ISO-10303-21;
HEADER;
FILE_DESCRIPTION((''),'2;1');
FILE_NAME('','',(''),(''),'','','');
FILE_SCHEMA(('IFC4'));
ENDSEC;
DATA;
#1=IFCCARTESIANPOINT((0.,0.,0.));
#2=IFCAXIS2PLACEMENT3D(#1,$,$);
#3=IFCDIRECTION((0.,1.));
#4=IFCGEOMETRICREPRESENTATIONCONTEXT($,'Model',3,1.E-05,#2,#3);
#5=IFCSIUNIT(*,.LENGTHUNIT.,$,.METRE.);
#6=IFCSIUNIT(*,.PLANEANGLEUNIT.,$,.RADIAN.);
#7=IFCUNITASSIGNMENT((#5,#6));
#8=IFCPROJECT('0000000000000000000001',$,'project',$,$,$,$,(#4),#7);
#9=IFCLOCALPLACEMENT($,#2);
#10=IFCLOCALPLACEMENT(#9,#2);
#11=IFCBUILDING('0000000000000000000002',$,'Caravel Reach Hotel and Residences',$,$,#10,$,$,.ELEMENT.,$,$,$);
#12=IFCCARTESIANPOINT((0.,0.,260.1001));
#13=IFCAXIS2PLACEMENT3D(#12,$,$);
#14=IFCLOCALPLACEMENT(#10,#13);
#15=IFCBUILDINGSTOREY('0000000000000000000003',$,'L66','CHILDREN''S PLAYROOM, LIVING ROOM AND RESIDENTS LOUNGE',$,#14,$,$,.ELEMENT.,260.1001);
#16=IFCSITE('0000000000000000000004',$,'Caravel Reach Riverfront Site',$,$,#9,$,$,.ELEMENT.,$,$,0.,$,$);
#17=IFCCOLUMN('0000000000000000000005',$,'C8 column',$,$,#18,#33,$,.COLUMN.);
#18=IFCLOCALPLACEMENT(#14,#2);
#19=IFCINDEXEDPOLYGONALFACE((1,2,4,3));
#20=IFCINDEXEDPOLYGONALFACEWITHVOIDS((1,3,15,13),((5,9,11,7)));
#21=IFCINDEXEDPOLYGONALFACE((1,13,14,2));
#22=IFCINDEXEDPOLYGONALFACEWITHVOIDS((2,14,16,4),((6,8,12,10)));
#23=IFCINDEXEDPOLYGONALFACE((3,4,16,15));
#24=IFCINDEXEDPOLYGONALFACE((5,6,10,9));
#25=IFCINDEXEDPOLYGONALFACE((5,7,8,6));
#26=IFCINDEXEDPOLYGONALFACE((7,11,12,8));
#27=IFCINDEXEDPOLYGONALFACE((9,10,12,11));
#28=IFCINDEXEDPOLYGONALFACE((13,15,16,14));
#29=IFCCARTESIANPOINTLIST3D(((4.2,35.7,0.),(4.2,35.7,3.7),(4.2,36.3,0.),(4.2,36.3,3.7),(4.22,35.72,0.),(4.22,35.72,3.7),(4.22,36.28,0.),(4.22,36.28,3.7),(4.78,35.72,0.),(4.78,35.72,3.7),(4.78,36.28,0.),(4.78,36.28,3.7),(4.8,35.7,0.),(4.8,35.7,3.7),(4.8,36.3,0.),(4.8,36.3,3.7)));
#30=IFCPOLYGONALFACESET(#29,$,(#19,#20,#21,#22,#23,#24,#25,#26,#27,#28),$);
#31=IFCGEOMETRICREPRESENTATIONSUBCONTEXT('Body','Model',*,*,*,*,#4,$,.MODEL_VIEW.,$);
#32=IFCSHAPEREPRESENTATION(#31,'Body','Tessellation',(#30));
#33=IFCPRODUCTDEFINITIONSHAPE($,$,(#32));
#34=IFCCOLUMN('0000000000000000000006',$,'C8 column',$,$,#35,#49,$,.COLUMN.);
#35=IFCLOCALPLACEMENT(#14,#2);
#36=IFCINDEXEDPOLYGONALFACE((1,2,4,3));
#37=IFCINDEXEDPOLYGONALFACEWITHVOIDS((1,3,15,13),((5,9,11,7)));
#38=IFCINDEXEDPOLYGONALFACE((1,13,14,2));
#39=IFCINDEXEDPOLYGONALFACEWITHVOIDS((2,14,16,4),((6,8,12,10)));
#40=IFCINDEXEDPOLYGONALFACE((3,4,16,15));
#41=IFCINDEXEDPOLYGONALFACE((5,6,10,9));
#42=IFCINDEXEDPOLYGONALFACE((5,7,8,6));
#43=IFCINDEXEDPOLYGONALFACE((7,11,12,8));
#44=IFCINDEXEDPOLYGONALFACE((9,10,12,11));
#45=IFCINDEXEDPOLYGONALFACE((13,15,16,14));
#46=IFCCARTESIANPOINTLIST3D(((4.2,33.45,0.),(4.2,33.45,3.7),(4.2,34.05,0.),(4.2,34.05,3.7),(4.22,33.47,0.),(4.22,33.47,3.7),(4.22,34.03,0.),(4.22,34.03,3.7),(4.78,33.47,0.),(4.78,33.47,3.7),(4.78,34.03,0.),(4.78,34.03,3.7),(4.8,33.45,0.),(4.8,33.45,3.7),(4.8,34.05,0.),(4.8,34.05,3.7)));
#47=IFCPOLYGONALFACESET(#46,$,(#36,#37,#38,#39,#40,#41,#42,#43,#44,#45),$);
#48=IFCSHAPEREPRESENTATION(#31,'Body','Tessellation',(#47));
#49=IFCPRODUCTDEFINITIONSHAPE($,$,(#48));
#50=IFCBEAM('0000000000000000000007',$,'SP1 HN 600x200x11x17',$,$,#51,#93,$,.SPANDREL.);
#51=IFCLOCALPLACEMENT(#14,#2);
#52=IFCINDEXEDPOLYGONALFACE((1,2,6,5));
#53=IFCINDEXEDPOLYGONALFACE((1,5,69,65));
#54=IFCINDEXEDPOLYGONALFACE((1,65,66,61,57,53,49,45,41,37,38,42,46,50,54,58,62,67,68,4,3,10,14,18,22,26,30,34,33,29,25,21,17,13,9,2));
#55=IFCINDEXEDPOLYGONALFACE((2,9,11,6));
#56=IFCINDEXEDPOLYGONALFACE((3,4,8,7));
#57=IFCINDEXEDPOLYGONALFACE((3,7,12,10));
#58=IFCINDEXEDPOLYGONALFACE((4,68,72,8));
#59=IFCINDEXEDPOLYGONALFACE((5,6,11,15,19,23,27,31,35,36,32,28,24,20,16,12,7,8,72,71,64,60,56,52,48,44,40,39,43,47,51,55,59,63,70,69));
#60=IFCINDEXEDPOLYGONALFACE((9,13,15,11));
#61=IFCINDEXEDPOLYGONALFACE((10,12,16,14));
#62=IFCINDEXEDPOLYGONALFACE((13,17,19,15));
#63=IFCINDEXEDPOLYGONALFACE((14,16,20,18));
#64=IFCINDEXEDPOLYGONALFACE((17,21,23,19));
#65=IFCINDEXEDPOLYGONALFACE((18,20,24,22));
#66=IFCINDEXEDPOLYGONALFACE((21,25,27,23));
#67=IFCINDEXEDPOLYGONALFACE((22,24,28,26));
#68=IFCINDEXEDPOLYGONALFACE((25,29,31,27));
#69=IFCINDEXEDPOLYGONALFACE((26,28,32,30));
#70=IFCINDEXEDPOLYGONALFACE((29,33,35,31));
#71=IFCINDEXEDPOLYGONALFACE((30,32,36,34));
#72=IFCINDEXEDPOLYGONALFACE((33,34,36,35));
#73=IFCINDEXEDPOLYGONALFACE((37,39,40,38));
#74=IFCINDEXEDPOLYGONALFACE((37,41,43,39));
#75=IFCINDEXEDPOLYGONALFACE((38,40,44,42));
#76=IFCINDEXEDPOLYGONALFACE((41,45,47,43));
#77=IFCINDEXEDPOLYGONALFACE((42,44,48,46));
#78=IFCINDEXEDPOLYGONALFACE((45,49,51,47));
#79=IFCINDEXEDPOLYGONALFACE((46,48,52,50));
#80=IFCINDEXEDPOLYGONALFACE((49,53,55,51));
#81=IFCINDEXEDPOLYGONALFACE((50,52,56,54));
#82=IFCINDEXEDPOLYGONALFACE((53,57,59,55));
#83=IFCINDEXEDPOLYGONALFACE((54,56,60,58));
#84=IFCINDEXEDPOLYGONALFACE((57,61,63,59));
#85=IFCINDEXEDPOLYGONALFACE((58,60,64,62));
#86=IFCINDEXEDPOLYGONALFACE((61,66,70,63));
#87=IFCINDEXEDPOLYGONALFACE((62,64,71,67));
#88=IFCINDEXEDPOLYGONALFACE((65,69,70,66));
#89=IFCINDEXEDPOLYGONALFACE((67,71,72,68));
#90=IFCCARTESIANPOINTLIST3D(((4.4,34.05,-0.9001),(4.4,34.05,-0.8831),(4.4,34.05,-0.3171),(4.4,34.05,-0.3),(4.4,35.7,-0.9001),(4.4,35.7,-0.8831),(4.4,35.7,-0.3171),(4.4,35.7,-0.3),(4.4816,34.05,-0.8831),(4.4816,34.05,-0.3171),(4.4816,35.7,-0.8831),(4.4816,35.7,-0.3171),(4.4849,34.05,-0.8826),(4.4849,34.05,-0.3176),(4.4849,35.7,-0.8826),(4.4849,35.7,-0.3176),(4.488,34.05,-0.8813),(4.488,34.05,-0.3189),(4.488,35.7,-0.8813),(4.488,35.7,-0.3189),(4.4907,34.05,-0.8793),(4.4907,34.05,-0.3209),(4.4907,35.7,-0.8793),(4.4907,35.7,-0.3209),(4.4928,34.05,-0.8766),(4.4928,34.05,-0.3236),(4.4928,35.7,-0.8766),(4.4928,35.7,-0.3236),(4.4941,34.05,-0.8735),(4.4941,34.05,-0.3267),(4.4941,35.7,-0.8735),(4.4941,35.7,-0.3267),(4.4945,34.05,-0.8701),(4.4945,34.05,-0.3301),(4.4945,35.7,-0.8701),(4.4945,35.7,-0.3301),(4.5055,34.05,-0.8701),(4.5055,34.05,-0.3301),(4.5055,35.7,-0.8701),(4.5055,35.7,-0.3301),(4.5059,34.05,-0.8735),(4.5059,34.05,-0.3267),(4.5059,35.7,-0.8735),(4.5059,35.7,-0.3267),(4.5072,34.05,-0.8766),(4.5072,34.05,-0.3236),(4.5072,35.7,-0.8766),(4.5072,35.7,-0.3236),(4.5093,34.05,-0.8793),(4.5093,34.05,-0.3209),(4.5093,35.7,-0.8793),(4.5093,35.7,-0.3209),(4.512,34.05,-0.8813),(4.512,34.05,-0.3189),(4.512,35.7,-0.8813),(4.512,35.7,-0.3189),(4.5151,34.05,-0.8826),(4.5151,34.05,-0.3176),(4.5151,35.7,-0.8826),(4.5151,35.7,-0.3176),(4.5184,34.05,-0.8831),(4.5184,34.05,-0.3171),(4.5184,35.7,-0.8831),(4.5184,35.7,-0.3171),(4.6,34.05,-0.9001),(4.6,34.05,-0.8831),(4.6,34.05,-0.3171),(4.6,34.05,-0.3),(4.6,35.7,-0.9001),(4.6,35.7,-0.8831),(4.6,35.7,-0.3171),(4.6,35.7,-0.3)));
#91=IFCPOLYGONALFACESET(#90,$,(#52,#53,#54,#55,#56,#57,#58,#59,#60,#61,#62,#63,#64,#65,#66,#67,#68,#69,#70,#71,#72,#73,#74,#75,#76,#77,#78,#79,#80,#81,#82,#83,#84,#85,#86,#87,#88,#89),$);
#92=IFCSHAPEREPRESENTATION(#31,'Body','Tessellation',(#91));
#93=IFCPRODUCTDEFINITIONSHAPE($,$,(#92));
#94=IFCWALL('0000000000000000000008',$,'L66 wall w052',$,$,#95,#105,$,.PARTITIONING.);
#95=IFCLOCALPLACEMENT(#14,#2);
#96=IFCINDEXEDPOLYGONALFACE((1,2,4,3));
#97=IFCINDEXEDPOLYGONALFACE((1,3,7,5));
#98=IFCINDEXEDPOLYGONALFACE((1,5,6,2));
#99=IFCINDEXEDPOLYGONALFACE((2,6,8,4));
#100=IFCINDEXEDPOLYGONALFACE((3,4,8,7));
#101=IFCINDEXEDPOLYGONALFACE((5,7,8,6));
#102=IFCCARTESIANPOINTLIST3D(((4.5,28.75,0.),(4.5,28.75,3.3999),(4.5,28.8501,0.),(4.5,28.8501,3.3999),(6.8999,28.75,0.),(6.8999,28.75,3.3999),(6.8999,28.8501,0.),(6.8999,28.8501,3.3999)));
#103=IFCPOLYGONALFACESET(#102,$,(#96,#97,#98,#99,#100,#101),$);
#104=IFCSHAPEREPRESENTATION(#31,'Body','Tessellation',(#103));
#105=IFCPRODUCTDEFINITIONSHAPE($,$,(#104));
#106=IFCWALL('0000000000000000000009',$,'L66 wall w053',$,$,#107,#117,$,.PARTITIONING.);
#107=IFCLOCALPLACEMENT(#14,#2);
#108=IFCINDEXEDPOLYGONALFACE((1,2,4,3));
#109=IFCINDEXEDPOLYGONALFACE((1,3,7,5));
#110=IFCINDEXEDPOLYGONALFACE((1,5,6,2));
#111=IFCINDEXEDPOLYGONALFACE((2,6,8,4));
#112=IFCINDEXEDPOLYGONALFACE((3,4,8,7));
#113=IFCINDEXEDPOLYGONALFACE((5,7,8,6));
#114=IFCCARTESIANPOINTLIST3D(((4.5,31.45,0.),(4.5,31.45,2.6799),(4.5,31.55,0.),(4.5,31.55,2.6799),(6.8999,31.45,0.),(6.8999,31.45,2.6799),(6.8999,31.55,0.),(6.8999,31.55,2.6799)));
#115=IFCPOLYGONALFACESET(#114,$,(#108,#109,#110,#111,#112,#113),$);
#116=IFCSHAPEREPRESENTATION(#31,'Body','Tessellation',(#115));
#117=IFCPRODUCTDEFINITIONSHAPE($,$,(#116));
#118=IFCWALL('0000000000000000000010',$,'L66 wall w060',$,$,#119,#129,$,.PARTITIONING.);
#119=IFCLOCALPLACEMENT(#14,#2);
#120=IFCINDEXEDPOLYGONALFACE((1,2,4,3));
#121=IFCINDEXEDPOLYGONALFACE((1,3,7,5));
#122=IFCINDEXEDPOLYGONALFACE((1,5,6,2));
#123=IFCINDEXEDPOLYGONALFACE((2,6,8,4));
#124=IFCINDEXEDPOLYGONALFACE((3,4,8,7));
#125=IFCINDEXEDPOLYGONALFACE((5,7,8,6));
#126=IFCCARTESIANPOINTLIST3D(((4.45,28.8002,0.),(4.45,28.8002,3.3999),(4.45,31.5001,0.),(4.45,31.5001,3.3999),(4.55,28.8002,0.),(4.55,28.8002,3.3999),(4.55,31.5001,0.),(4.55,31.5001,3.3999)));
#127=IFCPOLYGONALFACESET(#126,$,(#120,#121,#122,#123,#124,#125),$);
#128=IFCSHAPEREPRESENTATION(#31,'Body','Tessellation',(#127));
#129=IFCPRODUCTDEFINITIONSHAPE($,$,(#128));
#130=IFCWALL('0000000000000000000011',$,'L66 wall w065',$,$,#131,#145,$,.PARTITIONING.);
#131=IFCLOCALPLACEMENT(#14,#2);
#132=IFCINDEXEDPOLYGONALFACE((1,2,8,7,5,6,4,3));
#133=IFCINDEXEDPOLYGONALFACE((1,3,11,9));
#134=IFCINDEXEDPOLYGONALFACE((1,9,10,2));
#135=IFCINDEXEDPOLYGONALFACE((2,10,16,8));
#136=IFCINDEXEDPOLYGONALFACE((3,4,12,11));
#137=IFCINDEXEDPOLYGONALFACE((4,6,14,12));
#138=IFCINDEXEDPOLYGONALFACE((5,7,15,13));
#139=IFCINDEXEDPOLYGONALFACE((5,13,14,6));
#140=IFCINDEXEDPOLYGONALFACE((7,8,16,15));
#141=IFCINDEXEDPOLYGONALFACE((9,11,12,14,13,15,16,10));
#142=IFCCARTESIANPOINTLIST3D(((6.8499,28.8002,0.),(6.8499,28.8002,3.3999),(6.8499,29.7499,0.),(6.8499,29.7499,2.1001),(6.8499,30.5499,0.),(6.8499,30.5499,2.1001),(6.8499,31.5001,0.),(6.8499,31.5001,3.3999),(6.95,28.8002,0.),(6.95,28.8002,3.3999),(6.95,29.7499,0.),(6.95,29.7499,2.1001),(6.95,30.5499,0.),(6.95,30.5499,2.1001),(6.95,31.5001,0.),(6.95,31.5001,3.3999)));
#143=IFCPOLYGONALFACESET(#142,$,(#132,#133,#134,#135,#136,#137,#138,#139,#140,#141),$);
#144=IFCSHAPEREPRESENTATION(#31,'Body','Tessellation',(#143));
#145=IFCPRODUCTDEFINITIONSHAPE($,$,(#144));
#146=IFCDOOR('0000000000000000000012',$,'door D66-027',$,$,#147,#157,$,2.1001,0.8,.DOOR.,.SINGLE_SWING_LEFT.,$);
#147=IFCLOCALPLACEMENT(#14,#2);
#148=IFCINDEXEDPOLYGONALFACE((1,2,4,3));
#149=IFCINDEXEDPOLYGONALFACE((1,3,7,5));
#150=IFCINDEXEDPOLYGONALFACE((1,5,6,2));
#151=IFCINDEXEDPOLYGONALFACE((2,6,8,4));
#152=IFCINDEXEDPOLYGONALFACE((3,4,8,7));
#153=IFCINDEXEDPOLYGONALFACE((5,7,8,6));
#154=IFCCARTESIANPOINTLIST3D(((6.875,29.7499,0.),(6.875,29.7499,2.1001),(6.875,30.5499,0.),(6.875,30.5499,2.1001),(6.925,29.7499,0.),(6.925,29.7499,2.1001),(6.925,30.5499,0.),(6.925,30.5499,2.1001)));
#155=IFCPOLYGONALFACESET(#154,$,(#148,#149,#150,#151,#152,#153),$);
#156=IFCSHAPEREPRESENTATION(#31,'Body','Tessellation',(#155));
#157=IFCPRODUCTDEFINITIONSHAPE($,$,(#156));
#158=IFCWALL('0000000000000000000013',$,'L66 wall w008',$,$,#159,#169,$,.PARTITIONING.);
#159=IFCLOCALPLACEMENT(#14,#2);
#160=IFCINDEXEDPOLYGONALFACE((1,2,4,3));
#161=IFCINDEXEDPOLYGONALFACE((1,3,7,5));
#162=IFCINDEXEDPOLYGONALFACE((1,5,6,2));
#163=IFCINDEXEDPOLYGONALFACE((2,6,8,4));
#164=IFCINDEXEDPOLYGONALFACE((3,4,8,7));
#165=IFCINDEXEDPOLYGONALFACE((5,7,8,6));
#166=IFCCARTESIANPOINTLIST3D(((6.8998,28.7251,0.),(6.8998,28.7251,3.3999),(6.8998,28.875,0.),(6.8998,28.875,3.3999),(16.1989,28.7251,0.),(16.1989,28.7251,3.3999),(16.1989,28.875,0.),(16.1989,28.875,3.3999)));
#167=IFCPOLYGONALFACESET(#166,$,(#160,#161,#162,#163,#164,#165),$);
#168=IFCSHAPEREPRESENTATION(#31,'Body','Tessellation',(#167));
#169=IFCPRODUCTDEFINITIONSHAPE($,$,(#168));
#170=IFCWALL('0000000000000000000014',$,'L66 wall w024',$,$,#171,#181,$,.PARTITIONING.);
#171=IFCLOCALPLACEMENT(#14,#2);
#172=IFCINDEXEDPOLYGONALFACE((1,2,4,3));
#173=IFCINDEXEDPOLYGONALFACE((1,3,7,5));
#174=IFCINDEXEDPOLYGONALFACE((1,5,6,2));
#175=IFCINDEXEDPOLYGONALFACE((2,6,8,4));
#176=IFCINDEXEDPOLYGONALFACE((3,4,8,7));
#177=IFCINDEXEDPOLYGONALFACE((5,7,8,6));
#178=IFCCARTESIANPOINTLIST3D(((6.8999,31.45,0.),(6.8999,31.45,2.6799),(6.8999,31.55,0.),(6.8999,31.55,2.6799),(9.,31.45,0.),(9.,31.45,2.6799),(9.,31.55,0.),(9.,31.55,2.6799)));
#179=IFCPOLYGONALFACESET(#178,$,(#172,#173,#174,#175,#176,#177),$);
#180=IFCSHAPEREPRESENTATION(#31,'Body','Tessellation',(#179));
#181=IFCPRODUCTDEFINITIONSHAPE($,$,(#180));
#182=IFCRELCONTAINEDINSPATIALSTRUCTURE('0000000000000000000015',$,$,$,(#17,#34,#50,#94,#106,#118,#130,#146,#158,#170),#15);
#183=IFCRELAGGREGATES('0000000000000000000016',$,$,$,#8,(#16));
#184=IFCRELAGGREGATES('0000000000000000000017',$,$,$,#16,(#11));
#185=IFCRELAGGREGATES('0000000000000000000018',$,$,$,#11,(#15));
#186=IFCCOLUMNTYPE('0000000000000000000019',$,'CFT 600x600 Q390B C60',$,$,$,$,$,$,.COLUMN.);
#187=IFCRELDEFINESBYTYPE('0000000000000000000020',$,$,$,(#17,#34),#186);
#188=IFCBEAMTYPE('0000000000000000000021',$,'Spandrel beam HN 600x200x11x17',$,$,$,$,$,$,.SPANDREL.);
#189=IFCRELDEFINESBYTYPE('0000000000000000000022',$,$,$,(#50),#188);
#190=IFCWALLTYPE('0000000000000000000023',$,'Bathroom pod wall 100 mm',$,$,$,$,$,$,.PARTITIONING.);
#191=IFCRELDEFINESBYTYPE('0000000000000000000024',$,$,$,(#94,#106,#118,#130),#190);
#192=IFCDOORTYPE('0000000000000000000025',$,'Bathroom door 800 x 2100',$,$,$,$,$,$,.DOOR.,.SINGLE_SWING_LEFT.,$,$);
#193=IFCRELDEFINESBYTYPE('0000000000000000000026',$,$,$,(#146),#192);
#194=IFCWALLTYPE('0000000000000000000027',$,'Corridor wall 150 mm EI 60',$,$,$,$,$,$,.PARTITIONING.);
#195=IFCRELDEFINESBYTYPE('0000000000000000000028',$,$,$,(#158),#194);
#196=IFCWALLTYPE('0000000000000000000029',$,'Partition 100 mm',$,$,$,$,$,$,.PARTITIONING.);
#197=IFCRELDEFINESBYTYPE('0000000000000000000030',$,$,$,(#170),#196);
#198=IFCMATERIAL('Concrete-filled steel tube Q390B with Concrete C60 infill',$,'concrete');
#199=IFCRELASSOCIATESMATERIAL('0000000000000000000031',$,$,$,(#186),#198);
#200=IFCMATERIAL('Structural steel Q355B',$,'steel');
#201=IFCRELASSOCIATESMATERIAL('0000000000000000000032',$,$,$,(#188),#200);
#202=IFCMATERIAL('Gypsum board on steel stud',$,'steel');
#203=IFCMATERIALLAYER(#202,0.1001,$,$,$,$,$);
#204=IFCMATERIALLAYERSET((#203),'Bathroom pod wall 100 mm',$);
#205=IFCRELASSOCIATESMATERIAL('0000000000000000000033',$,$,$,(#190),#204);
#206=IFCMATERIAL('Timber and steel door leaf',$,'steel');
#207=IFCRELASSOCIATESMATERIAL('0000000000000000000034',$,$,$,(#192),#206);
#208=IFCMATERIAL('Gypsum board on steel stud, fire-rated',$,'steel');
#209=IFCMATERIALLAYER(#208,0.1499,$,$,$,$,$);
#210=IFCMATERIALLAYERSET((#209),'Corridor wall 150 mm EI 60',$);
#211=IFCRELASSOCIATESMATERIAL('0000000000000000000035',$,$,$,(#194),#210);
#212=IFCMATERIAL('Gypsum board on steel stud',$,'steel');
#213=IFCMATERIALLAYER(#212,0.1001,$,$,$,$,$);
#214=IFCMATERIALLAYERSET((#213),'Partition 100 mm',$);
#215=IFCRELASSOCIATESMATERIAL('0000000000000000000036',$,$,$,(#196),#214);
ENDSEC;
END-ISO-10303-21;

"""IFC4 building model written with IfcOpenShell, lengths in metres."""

from ifc_helpers import new_model, si_unit, direction, frame, frame_2d, origin, origin_2d, place, context, subcontext, project, spatial, rectangle, hollow_rectangle, i_section, extrude, material, layer, layer_set, material_profile, profile_set, type_object, element, fill, save


model = new_model("IFC4")

# Units and contexts
model_context = context("Model", 3, precision=1e-05, world=origin(), true_north=direction((0.0, 1.0)))
body_context = subcontext(model_context, "Body", "Model", "MODEL_VIEW")
ifc_project = project(units=[si_unit("LENGTHUNIT", "METRE"), si_unit("PLANEANGLEUNIT", "RADIAN")], contexts=[model_context])

# Site, building, storey
site_placement = place(None, origin())
site = spatial("IfcSite", under=ifc_project, at=site_placement, Name="Caravel Reach Riverfront Site", CompositionType="ELEMENT", RefElevation=0.0)
building_placement = place(site_placement, origin())
building = spatial("IfcBuilding", under=site, at=building_placement, Name="Caravel Reach Hotel and Residences", CompositionType="ELEMENT")
storey_placement = place(building_placement, frame((0.0, 0.0, 260.1001)))
storey = spatial("IfcBuildingStorey", under=building, at=storey_placement, Name="L66", Description="CHILDREN'S PLAYROOM, LIVING ROOM AND RESIDENTS LOUNGE", CompositionType="ELEMENT", Elevation=260.1001)

# Columns
ifc_material_1 = material(Name="Concrete-filled steel tube Q390B with Concrete C60 infill", Category="concrete")
ifc_material_profile_1 = material_profile(ifc_material_1, hollow_rectangle(XDim=0.6001, YDim=0.6001, WallThickness=0.02, at=origin_2d()), Name="RHS 600x600x20")
ifc_profile_set_1 = profile_set([ifc_material_profile_1], Name="Concrete-filled steel tube Q390B with Concrete C60 infill")
column_type = type_object("IfcColumnType", Name="CFT 600x600 Q390B C60", PredefinedType="COLUMN", material=ifc_profile_set_1)
for number, where, z_axis, x_axis, name in (
    (1, (4.5, 36.0, 0.0), (0.0, 0.0, 1.0), (1.0, 0.0, 0.0), "C8 column"),
    (2, (4.5, 33.75, 0.0), (0.0, 0.0, 1.0), (1.0, 0.0, 0.0), "C8 column"),
):
    element("IfcColumn", number, at=place(storey_placement, frame(where, z_axis=z_axis, x_axis=x_axis)), inside=storey, type_object=column_type, Name=name, PredefinedType="COLUMN", context=body_context, shape_type="SweptSolid", body=[
        extrude(hollow_rectangle(XDim=0.6001, YDim=0.6001, WallThickness=0.02, at=origin_2d()), origin(), (0.0, 0.0, 1.0), 3.7),
    ])

# Beam
ifc_material_2 = material(Name="Structural steel Q355B", Category="steel")
ifc_material_profile_2 = material_profile(ifc_material_2, i_section(OverallWidth=0.2, OverallDepth=0.6001, WebThickness=0.011, FlangeThickness=0.0171, FilletRadius=0.0129, at=origin_2d()), Name="HN 600x200x11x17")
ifc_profile_set_2 = profile_set([ifc_material_profile_2], Name="Structural steel Q355B")
beam_type = type_object("IfcBeamType", Name="Spandrel beam HN 600x200x11x17", PredefinedType="SPANDREL", material=ifc_profile_set_2)
beam_placement = place(storey_placement, frame((4.5, 35.7, -0.6001), z_axis=(0.0, -1.0, 0.0), x_axis=(1.0, 0.0, 0.0)))
element("IfcBeam", 3, at=beam_placement, inside=storey, type_object=beam_type, Name="SP1 HN 600x200x11x17", PredefinedType="SPANDREL", context=body_context, shape_type="SweptSolid", body=[
    extrude(i_section(OverallWidth=0.2, OverallDepth=0.6001, WebThickness=0.011, FlangeThickness=0.0171, FilletRadius=0.0129, at=origin_2d()), origin(), (0.0, 0.0, 1.0), 1.6499),
])

# Walls
ifc_material_3 = material(Name="Gypsum board on steel stud", Category="steel")
ifc_layer_1 = layer(ifc_material_3, 0.1001)
ifc_layer_set_1 = layer_set([ifc_layer_1], Name="Bathroom pod wall 100 mm")
wall_type_1 = type_object("IfcWallType", Name="Bathroom pod wall 100 mm", PredefinedType="PARTITIONING", material=ifc_layer_set_1)
wall_1_placement = place(storey_placement, frame((4.5, 28.8, 0.0), z_axis=(0.0, 0.0, 1.0), x_axis=(1.0, 0.0, 0.0)))
element("IfcWall", 4, at=wall_1_placement, inside=storey, type_object=wall_type_1, Name="L66 wall w052", PredefinedType="PARTITIONING", context=body_context, shape_type="SweptSolid", body=[
    extrude(rectangle(XDim=2.3999, YDim=0.1001, at=frame_2d((1.2, 0.0))), origin(), (0.0, 0.0, 1.0), 3.3999),
])
wall_2_placement = place(storey_placement, frame((4.5, 31.5, 0.0), z_axis=(0.0, 0.0, 1.0), x_axis=(1.0, 0.0, 0.0)))
element("IfcWall", 5, at=wall_2_placement, inside=storey, type_object=wall_type_1, Name="L66 wall w053", PredefinedType="PARTITIONING", context=body_context, shape_type="SweptSolid", body=[
    extrude(rectangle(XDim=2.3999, YDim=0.1001, at=frame_2d((1.2, 0.0))), origin(), (0.0, 0.0, 1.0), 2.6799),
])
wall_3_placement = place(storey_placement, frame((4.5, 28.8, 0.0), z_axis=(0.0, 0.0, 1.0), x_axis=(0.0, 1.0, 0.0)))
element("IfcWall", 6, at=wall_3_placement, inside=storey, type_object=wall_type_1, Name="L66 wall w060", PredefinedType="PARTITIONING", context=body_context, shape_type="SweptSolid", body=[
    extrude(rectangle(XDim=2.7, YDim=0.1001, at=frame_2d((1.3501, 0.0))), origin(), (0.0, 0.0, 1.0), 3.3999),
])

# Wall, opening, door
wall_4_placement = place(storey_placement, frame((6.8999, 28.8, 0.0), z_axis=(0.0, 0.0, 1.0), x_axis=(0.0, 1.0, 0.0)))
wall_4 = element("IfcWall", 7, at=wall_4_placement, inside=storey, type_object=wall_type_1, Name="L66 wall w065", PredefinedType="PARTITIONING", context=body_context, shape_type="SweptSolid", body=[
    extrude(rectangle(XDim=2.7, YDim=0.1001, at=frame_2d((1.3501, 0.0))), origin(), (0.0, 0.0, 1.0), 3.3999),
])
opening_1_placement = place(wall_4_placement, frame((0.95, 0.0, 0.0)))
opening_1 = element("IfcOpeningElement", 8, at=opening_1_placement, cuts=wall_4, PredefinedType="OPENING", context=body_context, shape_type="SweptSolid", body=[
    extrude(rectangle(XDim=0.8, YDim=2.1001, at=frame_2d((0.3999, 1.05))), frame((0.0, 0.0601, 0.0), z_axis=(0.0, -1.0, 0.0), x_axis=(1.0, 0.0, 0.0)), (0.0, 0.0, 1.0), 0.1201),
])
ifc_material_4 = material(Name="Timber and steel door leaf", Category="steel")
door_type_1 = type_object("IfcDoorType", Name="Bathroom door 800 x 2100", OperationType="SINGLE_SWING_LEFT", PredefinedType="DOOR", material=ifc_material_4)
door_1_placement = place(opening_1_placement, origin())
door_1 = element("IfcDoor", 9, at=door_1_placement, inside=storey, type_object=door_type_1, Name="door D66-027", OperationType="SINGLE_SWING_LEFT", OverallHeight=2.1001, OverallWidth=0.8, PredefinedType="DOOR", context=body_context, shape_type="SweptSolid", body=[
    extrude(rectangle(XDim=0.8, YDim=2.1001, at=frame_2d((0.3999, 1.05))), frame((0.0, 0.0249, 0.0), z_axis=(0.0, -1.0, 0.0), x_axis=(1.0, 0.0, 0.0)), (0.0, 0.0, 1.0), 0.05),
])
fill(opening_1, door_1)

# Walls
ifc_material_5 = material(Name="Gypsum board on steel stud, fire-rated", Category="steel")
ifc_layer_2 = layer(ifc_material_5, 0.1499)
ifc_layer_set_2 = layer_set([ifc_layer_2], Name="Corridor wall 150 mm EI 60")
wall_type_2 = type_object("IfcWallType", Name="Corridor wall 150 mm EI 60", PredefinedType="PARTITIONING", material=ifc_layer_set_2)
wall_5_placement = place(storey_placement, frame((6.8999, 28.8, 0.0), z_axis=(0.0, 0.0, 1.0), x_axis=(1.0, 0.0, 0.0)))
element("IfcWall", 10, at=wall_5_placement, inside=storey, type_object=wall_type_2, Name="L66 wall w008", PredefinedType="PARTITIONING", context=body_context, shape_type="SweptSolid", body=[
    extrude(rectangle(XDim=9.2991, YDim=0.1499, at=frame_2d((4.6494, 0.0))), origin(), (0.0, 0.0, 1.0), 3.3999),
])
ifc_material_6 = material(Name="Gypsum board on steel stud", Category="steel")
ifc_layer_3 = layer(ifc_material_6, 0.1001)
ifc_layer_set_3 = layer_set([ifc_layer_3], Name="Partition 100 mm")
wall_type_3 = type_object("IfcWallType", Name="Partition 100 mm", PredefinedType="PARTITIONING", material=ifc_layer_set_3)
wall_6_placement = place(storey_placement, frame((6.8999, 31.5, 0.0), z_axis=(0.0, 0.0, 1.0), x_axis=(1.0, 0.0, 0.0)))
element("IfcWall", 11, at=wall_6_placement, inside=storey, type_object=wall_type_3, Name="L66 wall w024", PredefinedType="PARTITIONING", context=body_context, shape_type="SweptSolid", body=[
    extrude(rectangle(XDim=2.1001, YDim=0.1001, at=frame_2d((1.05, 0.0))), origin(), (0.0, 0.0, 1.0), 2.6799),
])

save(model, "model.ifc")
